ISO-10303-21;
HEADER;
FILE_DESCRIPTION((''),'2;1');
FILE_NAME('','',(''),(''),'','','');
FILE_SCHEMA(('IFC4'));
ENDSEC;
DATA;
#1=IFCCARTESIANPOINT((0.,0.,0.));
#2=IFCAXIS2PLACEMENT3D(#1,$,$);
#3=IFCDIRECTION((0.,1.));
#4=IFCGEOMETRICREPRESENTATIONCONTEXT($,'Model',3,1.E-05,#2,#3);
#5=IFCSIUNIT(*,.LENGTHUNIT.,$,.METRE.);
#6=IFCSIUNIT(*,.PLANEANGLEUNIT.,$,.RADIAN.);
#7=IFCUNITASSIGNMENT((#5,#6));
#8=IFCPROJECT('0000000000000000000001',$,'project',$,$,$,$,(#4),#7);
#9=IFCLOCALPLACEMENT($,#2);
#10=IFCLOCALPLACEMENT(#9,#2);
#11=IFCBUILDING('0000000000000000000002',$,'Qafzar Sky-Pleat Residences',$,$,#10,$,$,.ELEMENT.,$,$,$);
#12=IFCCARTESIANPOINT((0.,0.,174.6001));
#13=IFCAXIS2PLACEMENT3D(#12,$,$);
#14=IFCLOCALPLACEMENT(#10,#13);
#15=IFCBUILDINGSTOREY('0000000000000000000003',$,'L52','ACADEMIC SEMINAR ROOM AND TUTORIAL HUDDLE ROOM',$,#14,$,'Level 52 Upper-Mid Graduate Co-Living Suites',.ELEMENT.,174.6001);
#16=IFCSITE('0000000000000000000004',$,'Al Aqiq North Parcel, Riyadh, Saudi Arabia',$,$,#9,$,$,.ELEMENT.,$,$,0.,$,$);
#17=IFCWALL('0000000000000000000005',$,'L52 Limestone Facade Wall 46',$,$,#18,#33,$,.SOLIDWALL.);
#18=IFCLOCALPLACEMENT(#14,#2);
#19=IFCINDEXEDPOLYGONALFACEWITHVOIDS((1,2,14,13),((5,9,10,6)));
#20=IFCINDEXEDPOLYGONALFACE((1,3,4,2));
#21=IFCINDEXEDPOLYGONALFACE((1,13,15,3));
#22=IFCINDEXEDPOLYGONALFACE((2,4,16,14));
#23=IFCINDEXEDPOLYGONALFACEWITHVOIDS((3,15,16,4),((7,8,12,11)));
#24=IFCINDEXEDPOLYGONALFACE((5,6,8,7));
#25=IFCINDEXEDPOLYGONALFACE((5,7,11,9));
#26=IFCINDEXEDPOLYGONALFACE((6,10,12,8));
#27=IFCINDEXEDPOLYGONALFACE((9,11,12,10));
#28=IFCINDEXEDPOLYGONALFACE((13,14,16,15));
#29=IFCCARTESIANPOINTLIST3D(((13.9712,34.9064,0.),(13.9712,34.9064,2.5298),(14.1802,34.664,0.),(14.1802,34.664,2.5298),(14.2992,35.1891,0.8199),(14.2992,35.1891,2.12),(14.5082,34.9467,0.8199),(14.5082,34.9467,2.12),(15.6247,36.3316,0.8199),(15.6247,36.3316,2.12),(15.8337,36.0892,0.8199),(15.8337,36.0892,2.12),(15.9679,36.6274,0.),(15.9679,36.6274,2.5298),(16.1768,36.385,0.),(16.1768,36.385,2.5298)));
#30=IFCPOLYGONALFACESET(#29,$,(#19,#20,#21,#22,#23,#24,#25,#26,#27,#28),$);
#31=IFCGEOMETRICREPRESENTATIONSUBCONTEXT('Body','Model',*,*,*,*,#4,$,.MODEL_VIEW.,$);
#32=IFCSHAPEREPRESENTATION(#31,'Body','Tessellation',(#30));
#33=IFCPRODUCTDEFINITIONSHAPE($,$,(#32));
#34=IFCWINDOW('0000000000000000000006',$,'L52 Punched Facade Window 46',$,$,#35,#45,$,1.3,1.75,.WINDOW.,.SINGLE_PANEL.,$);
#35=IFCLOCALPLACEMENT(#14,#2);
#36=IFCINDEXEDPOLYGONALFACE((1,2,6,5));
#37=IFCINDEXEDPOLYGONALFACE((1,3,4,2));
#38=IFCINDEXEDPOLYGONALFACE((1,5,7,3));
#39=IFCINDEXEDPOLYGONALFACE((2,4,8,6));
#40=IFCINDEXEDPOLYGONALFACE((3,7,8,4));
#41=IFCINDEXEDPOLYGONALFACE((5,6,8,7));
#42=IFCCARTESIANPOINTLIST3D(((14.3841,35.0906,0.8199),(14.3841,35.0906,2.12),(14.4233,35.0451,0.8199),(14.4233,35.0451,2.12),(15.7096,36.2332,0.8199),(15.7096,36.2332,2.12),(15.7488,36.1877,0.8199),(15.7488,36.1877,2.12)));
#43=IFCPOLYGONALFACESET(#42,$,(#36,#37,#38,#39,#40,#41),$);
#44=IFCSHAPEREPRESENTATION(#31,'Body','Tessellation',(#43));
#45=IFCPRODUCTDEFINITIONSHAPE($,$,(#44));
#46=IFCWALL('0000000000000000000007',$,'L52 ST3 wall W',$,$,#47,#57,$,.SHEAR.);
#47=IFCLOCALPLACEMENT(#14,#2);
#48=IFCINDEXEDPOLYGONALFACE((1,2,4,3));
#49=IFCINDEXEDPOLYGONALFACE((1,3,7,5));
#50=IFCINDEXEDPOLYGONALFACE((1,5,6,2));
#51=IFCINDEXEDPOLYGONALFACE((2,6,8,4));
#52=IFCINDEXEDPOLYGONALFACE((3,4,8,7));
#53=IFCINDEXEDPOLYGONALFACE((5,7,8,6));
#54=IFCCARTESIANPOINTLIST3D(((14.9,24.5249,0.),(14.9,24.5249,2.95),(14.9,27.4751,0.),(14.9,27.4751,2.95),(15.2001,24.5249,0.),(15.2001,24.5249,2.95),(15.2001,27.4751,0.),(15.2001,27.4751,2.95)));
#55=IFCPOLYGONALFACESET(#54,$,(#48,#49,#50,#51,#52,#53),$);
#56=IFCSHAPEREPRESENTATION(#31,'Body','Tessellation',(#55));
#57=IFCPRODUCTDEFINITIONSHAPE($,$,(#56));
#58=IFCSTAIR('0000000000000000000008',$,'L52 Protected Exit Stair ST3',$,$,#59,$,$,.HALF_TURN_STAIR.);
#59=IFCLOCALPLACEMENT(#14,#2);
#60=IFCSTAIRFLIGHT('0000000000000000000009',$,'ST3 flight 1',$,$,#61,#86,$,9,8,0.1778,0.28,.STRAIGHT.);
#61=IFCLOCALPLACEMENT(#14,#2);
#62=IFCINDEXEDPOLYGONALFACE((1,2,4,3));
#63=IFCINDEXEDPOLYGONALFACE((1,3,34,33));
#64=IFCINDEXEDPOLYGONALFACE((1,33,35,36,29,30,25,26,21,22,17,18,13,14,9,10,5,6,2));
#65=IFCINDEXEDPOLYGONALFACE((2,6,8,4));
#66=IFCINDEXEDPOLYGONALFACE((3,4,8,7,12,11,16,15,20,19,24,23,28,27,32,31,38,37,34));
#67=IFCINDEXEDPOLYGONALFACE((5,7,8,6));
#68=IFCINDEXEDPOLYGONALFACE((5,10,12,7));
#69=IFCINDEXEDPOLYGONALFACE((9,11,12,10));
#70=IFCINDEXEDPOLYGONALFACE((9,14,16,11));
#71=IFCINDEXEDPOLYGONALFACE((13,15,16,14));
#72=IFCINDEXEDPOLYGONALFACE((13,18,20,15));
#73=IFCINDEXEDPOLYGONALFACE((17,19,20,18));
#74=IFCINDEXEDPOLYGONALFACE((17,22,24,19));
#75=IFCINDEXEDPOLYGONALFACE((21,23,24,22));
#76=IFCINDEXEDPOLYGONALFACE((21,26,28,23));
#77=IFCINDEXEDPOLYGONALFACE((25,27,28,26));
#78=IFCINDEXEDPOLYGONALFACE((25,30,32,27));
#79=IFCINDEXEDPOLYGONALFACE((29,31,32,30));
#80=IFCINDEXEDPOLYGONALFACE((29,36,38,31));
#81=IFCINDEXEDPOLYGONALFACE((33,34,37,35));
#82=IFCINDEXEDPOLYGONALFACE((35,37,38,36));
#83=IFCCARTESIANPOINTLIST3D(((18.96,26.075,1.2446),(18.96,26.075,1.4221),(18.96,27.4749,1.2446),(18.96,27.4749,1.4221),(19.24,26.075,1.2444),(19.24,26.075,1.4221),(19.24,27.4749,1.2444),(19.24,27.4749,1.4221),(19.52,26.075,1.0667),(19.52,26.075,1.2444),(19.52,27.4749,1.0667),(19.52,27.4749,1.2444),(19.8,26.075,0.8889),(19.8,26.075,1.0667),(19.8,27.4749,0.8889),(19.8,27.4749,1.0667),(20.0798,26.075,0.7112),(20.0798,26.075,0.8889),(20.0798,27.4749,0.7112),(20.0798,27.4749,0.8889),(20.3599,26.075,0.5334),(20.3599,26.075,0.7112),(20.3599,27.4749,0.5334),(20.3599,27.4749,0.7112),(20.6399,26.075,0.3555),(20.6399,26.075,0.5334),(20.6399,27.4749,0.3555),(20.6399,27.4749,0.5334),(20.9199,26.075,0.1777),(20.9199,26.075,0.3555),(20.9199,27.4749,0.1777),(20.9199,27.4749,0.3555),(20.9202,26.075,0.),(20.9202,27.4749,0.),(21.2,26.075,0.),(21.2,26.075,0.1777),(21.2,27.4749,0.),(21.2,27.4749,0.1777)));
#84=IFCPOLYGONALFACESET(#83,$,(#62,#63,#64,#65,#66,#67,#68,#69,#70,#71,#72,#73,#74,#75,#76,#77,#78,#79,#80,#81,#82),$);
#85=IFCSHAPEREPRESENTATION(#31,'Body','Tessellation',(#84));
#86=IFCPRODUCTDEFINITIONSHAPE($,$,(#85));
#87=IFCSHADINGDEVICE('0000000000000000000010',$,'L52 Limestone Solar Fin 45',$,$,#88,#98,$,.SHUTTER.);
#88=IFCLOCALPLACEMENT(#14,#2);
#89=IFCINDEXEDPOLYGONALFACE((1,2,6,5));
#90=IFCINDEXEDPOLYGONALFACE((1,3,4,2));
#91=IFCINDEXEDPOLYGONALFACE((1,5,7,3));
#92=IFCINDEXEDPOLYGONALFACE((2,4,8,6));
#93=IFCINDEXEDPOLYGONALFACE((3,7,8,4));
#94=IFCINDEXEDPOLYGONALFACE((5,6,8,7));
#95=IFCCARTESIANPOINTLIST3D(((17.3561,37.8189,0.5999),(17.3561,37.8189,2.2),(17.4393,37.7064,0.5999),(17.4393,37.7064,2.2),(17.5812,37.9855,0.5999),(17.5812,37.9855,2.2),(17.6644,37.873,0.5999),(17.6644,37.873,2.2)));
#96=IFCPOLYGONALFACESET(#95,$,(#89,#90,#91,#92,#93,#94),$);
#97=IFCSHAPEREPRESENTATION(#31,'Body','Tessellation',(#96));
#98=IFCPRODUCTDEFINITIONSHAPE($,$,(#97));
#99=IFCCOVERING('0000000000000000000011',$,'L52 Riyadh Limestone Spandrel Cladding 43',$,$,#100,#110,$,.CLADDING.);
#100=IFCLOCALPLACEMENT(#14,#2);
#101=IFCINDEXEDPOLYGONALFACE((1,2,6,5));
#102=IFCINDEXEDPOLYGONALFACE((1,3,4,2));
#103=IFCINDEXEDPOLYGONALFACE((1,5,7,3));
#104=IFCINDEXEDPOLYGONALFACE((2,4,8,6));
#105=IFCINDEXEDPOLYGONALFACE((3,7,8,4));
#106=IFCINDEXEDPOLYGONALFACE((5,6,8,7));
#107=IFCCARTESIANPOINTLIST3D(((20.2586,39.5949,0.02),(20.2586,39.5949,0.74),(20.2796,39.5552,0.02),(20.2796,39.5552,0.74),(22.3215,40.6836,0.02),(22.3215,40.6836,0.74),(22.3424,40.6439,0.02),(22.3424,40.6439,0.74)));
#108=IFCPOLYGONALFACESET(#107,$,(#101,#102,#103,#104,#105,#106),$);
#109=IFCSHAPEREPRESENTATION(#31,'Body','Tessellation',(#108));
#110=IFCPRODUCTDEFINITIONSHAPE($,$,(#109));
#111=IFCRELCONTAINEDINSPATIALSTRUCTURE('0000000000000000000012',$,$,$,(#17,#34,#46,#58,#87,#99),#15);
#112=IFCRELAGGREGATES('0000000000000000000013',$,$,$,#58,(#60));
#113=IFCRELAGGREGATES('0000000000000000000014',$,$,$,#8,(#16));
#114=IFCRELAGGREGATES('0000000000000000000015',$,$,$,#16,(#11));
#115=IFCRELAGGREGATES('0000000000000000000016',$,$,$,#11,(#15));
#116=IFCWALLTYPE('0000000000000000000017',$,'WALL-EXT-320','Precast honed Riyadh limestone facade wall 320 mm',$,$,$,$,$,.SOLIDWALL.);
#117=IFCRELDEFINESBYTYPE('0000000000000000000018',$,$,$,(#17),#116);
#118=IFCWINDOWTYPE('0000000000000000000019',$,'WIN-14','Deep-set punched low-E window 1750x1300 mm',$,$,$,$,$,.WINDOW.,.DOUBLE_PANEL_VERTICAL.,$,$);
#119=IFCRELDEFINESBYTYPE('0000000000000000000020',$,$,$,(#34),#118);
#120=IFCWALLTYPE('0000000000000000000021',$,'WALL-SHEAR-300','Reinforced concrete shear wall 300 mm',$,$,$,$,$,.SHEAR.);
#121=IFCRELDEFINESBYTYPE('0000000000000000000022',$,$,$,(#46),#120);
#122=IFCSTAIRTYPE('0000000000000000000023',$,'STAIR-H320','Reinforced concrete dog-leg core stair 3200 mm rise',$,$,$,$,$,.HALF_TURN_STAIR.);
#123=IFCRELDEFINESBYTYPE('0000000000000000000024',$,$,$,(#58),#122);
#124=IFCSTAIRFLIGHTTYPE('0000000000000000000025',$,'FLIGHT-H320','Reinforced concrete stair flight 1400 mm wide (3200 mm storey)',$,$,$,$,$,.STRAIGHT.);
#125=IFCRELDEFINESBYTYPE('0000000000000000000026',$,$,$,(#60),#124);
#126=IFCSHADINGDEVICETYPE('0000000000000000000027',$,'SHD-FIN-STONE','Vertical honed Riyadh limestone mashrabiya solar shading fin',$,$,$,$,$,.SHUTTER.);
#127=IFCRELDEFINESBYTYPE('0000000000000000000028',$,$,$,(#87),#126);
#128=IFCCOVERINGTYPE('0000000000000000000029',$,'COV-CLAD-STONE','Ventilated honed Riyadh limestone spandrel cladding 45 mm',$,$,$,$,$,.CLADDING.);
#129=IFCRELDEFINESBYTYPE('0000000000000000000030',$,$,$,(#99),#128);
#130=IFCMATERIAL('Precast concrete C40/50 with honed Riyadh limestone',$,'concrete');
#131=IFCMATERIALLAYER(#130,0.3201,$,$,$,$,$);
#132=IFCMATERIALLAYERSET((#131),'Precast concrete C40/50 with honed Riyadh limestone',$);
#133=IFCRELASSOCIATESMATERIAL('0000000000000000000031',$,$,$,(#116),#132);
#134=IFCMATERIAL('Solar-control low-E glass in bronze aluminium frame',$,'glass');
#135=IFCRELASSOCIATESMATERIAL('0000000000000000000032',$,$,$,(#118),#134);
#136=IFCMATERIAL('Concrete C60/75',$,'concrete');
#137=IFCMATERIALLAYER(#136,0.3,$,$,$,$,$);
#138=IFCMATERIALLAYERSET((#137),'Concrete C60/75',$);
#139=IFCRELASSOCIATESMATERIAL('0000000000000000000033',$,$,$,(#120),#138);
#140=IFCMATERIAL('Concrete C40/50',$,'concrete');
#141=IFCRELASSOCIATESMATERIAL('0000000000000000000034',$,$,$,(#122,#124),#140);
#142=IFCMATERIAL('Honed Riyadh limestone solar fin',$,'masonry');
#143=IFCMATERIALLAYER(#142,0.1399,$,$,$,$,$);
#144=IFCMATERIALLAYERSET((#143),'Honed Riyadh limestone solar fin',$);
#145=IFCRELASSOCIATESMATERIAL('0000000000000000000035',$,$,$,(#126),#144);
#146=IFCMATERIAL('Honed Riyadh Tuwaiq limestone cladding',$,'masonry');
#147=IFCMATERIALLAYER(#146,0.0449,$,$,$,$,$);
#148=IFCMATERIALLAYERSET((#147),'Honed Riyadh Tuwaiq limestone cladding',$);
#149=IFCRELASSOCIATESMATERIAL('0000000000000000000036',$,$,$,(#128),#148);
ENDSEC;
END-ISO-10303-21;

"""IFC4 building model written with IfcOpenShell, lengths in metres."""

from ifc_helpers import new_model, si_unit, direction, frame, frame_2d, origin, origin_2d, place, context, subcontext, project, spatial, polyline, rectangle, outline, extrude, source, transform, mapped, material, layer, layer_set, type_object, element, fill, aggregate, save


model = new_model("IFC4")

# Units and contexts
model_context = context("Model", 3, precision=1e-05, world=origin(), true_north=direction((0.0, 1.0)))
body_context = subcontext(model_context, "Body", "Model", "MODEL_VIEW")
ifc_project = project(units=[si_unit("LENGTHUNIT", "METRE"), si_unit("PLANEANGLEUNIT", "RADIAN")], contexts=[model_context])

# Site, building, storey
site_placement = place(None, origin())
site = spatial("IfcSite", under=ifc_project, at=site_placement, Name="Al Aqiq North Parcel, Riyadh, Saudi Arabia", CompositionType="ELEMENT", RefElevation=0.0)
building_placement = place(site_placement, origin())
building = spatial("IfcBuilding", under=site, at=building_placement, Name="Qafzar Sky-Pleat Residences", CompositionType="ELEMENT")
storey_placement = place(building_placement, frame((0.0, 0.0, 174.6001)))
storey = spatial("IfcBuildingStorey", under=building, at=storey_placement, Name="L52", Description="ACADEMIC SEMINAR ROOM AND TUTORIAL HUDDLE ROOM", LongName="Level 52 Upper-Mid Graduate Co-Living Suites", CompositionType="ELEMENT", Elevation=174.6001)

# Shared definitions
ifc_material_1 = material(Name="Concrete C60/75", Category="concrete")

# Wall, opening, window
ifc_material_2 = material(Name="Precast concrete C40/50 with honed Riyadh limestone", Category="concrete")
ifc_layer_1 = layer(ifc_material_2, 0.3201)
ifc_layer_set_1 = layer_set([ifc_layer_1], Name="Precast concrete C40/50 with honed Riyadh limestone")
wall_type_1 = type_object("IfcWallType", Name="WALL-EXT-320", Description="Precast honed Riyadh limestone facade wall 320 mm", PredefinedType="SOLIDWALL", material=ifc_layer_set_1)
ifc_material_3 = material(Name="Solar-control low-E glass in bronze aluminium frame", Category="glass")
wall_1_placement = place(storey_placement, frame((16.0723, 36.5061, 0.0), z_axis=(0.0, 0.0, 1.0), x_axis=(-0.757456, -0.652886, 0.0)))
wall_1 = element("IfcWall", 1, at=wall_1_placement, inside=storey, type_object=wall_type_1, Name="L52 Limestone Facade Wall 46", PredefinedType="SOLIDWALL", context=body_context, shape_type="SweptSolid", body=[
    extrude(rectangle(XDim=2.636, YDim=0.3201, at=frame_2d((1.3179, 0.0))), origin(), (0.0, 0.0, 1.0), 2.5298),
])
opening_1_placement = place(wall_1_placement, frame((0.4529, 0.0, 0.8201)))
opening_1 = element("IfcOpeningElement", 2, at=opening_1_placement, cuts=wall_1, PredefinedType="OPENING", context=body_context, shape_type="SweptSolid", body=[
    extrude(rectangle(XDim=1.75, YDim=1.3, at=frame_2d((0.875, 0.6499))), frame((0.0, 0.1699, 0.0), z_axis=(0.0, -1.0, 0.0), x_axis=(1.0, 0.0, 0.0)), (0.0, 0.0, 1.0), 0.3401),
])
window_type_1 = type_object("IfcWindowType", Name="WIN-14", Description="Deep-set punched low-E window 1750x1300 mm", PartitioningType="DOUBLE_PANEL_VERTICAL", PredefinedType="WINDOW", material=ifc_material_3)
shared_shape_1 = source(origin(), body_context, "Body", "SweptSolid", [
    extrude(rectangle(XDim=1.75, YDim=1.3, at=frame_2d((0.875, 0.6499))), frame((0.0, 0.03, 0.0), z_axis=(0.0, -1.0, 0.0), x_axis=(1.0, 0.0, 0.0)), (0.0, 0.0, 1.0), 0.0601),
])
window_1_placement = place(opening_1_placement, origin())
window_1 = element("IfcWindow", 3, at=window_1_placement, inside=storey, type_object=window_type_1, Name="L52 Punched Facade Window 46", OverallHeight=1.3, OverallWidth=1.75, PartitioningType="SINGLE_PANEL", PredefinedType="WINDOW", context=body_context, shape_type="MappedRepresentation", body=[
    mapped(shared_shape_1, transform((0.0, 0.0, 0.0), x_axis=(1.0, 0.0, 0.0), y_axis=(0.0, 1.0, 0.0), z_axis=(0.0, 0.0, 1.0), scale=1.0)),
])
fill(opening_1, window_1)

# Wall
ifc_layer_2 = layer(ifc_material_1, 0.3)
ifc_layer_set_2 = layer_set([ifc_layer_2], Name="Concrete C60/75")
wall_type_2 = type_object("IfcWallType", Name="WALL-SHEAR-300", Description="Reinforced concrete shear wall 300 mm", PredefinedType="SHEAR", material=ifc_layer_set_2)
wall_2_placement = place(storey_placement, frame((15.05, 27.4751, 0.0), z_axis=(0.0, 0.0, 1.0), x_axis=(0.0, -1.0, 0.0)))
element("IfcWall", 4, at=wall_2_placement, inside=storey, type_object=wall_type_2, Name="L52 ST3 wall W", PredefinedType="SHEAR", context=body_context, shape_type="SweptSolid", body=[
    extrude(rectangle(XDim=2.9502, YDim=0.3, at=frame_2d((1.4751, 0.0))), origin(), (0.0, 0.0, 1.0), 2.95),
])

# Stair, stair flight
ifc_material_4 = material(Name="Concrete C40/50", Category="concrete")
stair_type = type_object("IfcStairType", Name="STAIR-H320", Description="Reinforced concrete dog-leg core stair 3200 mm rise", PredefinedType="HALF_TURN_STAIR", material=ifc_material_4)
stair_placement = place(storey_placement, origin())
stair = element("IfcStair", 5, at=stair_placement, inside=storey, type_object=stair_type, Name="L52 Protected Exit Stair ST3", PredefinedType="HALF_TURN_STAIR")
stair_flight_type = type_object("IfcStairFlightType", Name="FLIGHT-H320", Description="Reinforced concrete stair flight 1400 mm wide (3200 mm storey)", PredefinedType="STRAIGHT", material=ifc_material_4)
shared_shape_2 = source(origin(), body_context, "Body", "SweptSolid", [
    extrude(outline(polyline([(0.0, 0.0), (0.0, 0.1777), (0.28, 0.1777), (0.28, 0.3555), (0.5601, 0.3555), (0.5601, 0.5334), (0.8401, 0.5334), (0.8401, 0.7112), (1.1201, 0.7112), (1.1201, 0.8889), (1.3999, 0.8889), (1.3999, 1.0667), (1.6799, 1.0667), (1.6799, 1.2444), (1.96, 1.2444), (1.96, 1.4221), (2.24, 1.4221), (2.24, 1.6001), (2.24, 1.2446), (0.2798, 0.0), (0.0, 0.0)])), frame((0.0, 0.7, 0.0), z_axis=(0.0, -1.0, 0.0), x_axis=(1.0, 0.0, 0.0)), (0.0, 0.0, 1.0), 1.3999),
])
stair_flight_placement = place(storey_placement, frame((21.2, 26.7749, 0.0), z_axis=(0.0, 0.0, 1.0), x_axis=(-1.0, 0.0, 0.0)))
stair_flight = element("IfcStairFlight", 6, at=stair_flight_placement, type_object=stair_flight_type, Name="ST3 flight 1", NumberOfRisers=9, NumberOfTreads=8, PredefinedType="STRAIGHT", RiserHeight=0.1778, TreadLength=0.28, context=body_context, shape_type="MappedRepresentation", body=[
    mapped(shared_shape_2, transform((0.0, 0.0, 0.0), x_axis=(1.0, 0.0, 0.0), y_axis=(0.0, 1.0, 0.0), z_axis=(0.0, 0.0, 1.0), scale=1.0)),
])
aggregate(stair, [stair_flight])

# Shading device
ifc_material_5 = material(Name="Honed Riyadh limestone solar fin", Category="masonry")
ifc_layer_3 = layer(ifc_material_5, 0.1399)
ifc_layer_set_3 = layer_set([ifc_layer_3], Name="Honed Riyadh limestone solar fin")
shading_device_type = type_object("IfcShadingDeviceType", Name="SHD-FIN-STONE", Description="Vertical honed Riyadh limestone mashrabiya solar shading fin", PredefinedType="SHUTTER", material=ifc_layer_set_3)
shared_shape_3 = source(origin(), body_context, "Body", "SweptSolid", [
    extrude(rectangle(XDim=0.1399, YDim=0.28, at=origin_2d()), origin(), (0.0, 0.0, 1.0), 1.6001),
])
shading_device_placement = place(storey_placement, frame((17.5103, 37.8459, 0.5999), z_axis=(0.0, 0.0, 1.0), x_axis=(-0.59487, 0.803822, 0.0)))
element("IfcShadingDevice", 7, at=shading_device_placement, inside=storey, type_object=shading_device_type, Name="L52 Limestone Solar Fin 45", PredefinedType="SHUTTER", context=body_context, shape_type="MappedRepresentation", body=[
    mapped(shared_shape_3, transform((0.0, 0.0, 0.0), x_axis=(1.0, 0.0, 0.0), y_axis=(0.0, 1.0, 0.0), z_axis=(0.0, 0.0, 1.0), scale=1.0)),
])

# Covering
ifc_material_6 = material(Name="Honed Riyadh Tuwaiq limestone cladding", Category="masonry")
ifc_layer_4 = layer(ifc_material_6, 0.0449)
ifc_layer_set_4 = layer_set([ifc_layer_4], Name="Honed Riyadh Tuwaiq limestone cladding")
covering_type = type_object("IfcCoveringType", Name="COV-CLAD-STONE", Description="Ventilated honed Riyadh limestone spandrel cladding 45 mm", PredefinedType="CLADDING", material=ifc_layer_set_4)
shared_shape_4 = source(origin(), body_context, "Body", "SweptSolid", [
    extrude(rectangle(XDim=2.3325, YDim=0.0449, at=origin_2d()), origin(), (0.0, 0.0, 1.0), 0.72),
])
covering_placement = place(storey_placement, frame((21.3005, 40.1194, 0.02), z_axis=(0.0, 0.0, 1.0), x_axis=(-0.884388, -0.466753, 0.0)))
element("IfcCovering", 8, at=covering_placement, inside=storey, type_object=covering_type, Name="L52 Riyadh Limestone Spandrel Cladding 43", PredefinedType="CLADDING", context=body_context, shape_type="MappedRepresentation", body=[
    mapped(shared_shape_4, transform((0.0, 0.0, 0.0), x_axis=(1.0, 0.0, 0.0), y_axis=(0.0, 1.0, 0.0), z_axis=(0.0, 0.0, 1.0), scale=1.0)),
])

save(model, "model.ifc")
